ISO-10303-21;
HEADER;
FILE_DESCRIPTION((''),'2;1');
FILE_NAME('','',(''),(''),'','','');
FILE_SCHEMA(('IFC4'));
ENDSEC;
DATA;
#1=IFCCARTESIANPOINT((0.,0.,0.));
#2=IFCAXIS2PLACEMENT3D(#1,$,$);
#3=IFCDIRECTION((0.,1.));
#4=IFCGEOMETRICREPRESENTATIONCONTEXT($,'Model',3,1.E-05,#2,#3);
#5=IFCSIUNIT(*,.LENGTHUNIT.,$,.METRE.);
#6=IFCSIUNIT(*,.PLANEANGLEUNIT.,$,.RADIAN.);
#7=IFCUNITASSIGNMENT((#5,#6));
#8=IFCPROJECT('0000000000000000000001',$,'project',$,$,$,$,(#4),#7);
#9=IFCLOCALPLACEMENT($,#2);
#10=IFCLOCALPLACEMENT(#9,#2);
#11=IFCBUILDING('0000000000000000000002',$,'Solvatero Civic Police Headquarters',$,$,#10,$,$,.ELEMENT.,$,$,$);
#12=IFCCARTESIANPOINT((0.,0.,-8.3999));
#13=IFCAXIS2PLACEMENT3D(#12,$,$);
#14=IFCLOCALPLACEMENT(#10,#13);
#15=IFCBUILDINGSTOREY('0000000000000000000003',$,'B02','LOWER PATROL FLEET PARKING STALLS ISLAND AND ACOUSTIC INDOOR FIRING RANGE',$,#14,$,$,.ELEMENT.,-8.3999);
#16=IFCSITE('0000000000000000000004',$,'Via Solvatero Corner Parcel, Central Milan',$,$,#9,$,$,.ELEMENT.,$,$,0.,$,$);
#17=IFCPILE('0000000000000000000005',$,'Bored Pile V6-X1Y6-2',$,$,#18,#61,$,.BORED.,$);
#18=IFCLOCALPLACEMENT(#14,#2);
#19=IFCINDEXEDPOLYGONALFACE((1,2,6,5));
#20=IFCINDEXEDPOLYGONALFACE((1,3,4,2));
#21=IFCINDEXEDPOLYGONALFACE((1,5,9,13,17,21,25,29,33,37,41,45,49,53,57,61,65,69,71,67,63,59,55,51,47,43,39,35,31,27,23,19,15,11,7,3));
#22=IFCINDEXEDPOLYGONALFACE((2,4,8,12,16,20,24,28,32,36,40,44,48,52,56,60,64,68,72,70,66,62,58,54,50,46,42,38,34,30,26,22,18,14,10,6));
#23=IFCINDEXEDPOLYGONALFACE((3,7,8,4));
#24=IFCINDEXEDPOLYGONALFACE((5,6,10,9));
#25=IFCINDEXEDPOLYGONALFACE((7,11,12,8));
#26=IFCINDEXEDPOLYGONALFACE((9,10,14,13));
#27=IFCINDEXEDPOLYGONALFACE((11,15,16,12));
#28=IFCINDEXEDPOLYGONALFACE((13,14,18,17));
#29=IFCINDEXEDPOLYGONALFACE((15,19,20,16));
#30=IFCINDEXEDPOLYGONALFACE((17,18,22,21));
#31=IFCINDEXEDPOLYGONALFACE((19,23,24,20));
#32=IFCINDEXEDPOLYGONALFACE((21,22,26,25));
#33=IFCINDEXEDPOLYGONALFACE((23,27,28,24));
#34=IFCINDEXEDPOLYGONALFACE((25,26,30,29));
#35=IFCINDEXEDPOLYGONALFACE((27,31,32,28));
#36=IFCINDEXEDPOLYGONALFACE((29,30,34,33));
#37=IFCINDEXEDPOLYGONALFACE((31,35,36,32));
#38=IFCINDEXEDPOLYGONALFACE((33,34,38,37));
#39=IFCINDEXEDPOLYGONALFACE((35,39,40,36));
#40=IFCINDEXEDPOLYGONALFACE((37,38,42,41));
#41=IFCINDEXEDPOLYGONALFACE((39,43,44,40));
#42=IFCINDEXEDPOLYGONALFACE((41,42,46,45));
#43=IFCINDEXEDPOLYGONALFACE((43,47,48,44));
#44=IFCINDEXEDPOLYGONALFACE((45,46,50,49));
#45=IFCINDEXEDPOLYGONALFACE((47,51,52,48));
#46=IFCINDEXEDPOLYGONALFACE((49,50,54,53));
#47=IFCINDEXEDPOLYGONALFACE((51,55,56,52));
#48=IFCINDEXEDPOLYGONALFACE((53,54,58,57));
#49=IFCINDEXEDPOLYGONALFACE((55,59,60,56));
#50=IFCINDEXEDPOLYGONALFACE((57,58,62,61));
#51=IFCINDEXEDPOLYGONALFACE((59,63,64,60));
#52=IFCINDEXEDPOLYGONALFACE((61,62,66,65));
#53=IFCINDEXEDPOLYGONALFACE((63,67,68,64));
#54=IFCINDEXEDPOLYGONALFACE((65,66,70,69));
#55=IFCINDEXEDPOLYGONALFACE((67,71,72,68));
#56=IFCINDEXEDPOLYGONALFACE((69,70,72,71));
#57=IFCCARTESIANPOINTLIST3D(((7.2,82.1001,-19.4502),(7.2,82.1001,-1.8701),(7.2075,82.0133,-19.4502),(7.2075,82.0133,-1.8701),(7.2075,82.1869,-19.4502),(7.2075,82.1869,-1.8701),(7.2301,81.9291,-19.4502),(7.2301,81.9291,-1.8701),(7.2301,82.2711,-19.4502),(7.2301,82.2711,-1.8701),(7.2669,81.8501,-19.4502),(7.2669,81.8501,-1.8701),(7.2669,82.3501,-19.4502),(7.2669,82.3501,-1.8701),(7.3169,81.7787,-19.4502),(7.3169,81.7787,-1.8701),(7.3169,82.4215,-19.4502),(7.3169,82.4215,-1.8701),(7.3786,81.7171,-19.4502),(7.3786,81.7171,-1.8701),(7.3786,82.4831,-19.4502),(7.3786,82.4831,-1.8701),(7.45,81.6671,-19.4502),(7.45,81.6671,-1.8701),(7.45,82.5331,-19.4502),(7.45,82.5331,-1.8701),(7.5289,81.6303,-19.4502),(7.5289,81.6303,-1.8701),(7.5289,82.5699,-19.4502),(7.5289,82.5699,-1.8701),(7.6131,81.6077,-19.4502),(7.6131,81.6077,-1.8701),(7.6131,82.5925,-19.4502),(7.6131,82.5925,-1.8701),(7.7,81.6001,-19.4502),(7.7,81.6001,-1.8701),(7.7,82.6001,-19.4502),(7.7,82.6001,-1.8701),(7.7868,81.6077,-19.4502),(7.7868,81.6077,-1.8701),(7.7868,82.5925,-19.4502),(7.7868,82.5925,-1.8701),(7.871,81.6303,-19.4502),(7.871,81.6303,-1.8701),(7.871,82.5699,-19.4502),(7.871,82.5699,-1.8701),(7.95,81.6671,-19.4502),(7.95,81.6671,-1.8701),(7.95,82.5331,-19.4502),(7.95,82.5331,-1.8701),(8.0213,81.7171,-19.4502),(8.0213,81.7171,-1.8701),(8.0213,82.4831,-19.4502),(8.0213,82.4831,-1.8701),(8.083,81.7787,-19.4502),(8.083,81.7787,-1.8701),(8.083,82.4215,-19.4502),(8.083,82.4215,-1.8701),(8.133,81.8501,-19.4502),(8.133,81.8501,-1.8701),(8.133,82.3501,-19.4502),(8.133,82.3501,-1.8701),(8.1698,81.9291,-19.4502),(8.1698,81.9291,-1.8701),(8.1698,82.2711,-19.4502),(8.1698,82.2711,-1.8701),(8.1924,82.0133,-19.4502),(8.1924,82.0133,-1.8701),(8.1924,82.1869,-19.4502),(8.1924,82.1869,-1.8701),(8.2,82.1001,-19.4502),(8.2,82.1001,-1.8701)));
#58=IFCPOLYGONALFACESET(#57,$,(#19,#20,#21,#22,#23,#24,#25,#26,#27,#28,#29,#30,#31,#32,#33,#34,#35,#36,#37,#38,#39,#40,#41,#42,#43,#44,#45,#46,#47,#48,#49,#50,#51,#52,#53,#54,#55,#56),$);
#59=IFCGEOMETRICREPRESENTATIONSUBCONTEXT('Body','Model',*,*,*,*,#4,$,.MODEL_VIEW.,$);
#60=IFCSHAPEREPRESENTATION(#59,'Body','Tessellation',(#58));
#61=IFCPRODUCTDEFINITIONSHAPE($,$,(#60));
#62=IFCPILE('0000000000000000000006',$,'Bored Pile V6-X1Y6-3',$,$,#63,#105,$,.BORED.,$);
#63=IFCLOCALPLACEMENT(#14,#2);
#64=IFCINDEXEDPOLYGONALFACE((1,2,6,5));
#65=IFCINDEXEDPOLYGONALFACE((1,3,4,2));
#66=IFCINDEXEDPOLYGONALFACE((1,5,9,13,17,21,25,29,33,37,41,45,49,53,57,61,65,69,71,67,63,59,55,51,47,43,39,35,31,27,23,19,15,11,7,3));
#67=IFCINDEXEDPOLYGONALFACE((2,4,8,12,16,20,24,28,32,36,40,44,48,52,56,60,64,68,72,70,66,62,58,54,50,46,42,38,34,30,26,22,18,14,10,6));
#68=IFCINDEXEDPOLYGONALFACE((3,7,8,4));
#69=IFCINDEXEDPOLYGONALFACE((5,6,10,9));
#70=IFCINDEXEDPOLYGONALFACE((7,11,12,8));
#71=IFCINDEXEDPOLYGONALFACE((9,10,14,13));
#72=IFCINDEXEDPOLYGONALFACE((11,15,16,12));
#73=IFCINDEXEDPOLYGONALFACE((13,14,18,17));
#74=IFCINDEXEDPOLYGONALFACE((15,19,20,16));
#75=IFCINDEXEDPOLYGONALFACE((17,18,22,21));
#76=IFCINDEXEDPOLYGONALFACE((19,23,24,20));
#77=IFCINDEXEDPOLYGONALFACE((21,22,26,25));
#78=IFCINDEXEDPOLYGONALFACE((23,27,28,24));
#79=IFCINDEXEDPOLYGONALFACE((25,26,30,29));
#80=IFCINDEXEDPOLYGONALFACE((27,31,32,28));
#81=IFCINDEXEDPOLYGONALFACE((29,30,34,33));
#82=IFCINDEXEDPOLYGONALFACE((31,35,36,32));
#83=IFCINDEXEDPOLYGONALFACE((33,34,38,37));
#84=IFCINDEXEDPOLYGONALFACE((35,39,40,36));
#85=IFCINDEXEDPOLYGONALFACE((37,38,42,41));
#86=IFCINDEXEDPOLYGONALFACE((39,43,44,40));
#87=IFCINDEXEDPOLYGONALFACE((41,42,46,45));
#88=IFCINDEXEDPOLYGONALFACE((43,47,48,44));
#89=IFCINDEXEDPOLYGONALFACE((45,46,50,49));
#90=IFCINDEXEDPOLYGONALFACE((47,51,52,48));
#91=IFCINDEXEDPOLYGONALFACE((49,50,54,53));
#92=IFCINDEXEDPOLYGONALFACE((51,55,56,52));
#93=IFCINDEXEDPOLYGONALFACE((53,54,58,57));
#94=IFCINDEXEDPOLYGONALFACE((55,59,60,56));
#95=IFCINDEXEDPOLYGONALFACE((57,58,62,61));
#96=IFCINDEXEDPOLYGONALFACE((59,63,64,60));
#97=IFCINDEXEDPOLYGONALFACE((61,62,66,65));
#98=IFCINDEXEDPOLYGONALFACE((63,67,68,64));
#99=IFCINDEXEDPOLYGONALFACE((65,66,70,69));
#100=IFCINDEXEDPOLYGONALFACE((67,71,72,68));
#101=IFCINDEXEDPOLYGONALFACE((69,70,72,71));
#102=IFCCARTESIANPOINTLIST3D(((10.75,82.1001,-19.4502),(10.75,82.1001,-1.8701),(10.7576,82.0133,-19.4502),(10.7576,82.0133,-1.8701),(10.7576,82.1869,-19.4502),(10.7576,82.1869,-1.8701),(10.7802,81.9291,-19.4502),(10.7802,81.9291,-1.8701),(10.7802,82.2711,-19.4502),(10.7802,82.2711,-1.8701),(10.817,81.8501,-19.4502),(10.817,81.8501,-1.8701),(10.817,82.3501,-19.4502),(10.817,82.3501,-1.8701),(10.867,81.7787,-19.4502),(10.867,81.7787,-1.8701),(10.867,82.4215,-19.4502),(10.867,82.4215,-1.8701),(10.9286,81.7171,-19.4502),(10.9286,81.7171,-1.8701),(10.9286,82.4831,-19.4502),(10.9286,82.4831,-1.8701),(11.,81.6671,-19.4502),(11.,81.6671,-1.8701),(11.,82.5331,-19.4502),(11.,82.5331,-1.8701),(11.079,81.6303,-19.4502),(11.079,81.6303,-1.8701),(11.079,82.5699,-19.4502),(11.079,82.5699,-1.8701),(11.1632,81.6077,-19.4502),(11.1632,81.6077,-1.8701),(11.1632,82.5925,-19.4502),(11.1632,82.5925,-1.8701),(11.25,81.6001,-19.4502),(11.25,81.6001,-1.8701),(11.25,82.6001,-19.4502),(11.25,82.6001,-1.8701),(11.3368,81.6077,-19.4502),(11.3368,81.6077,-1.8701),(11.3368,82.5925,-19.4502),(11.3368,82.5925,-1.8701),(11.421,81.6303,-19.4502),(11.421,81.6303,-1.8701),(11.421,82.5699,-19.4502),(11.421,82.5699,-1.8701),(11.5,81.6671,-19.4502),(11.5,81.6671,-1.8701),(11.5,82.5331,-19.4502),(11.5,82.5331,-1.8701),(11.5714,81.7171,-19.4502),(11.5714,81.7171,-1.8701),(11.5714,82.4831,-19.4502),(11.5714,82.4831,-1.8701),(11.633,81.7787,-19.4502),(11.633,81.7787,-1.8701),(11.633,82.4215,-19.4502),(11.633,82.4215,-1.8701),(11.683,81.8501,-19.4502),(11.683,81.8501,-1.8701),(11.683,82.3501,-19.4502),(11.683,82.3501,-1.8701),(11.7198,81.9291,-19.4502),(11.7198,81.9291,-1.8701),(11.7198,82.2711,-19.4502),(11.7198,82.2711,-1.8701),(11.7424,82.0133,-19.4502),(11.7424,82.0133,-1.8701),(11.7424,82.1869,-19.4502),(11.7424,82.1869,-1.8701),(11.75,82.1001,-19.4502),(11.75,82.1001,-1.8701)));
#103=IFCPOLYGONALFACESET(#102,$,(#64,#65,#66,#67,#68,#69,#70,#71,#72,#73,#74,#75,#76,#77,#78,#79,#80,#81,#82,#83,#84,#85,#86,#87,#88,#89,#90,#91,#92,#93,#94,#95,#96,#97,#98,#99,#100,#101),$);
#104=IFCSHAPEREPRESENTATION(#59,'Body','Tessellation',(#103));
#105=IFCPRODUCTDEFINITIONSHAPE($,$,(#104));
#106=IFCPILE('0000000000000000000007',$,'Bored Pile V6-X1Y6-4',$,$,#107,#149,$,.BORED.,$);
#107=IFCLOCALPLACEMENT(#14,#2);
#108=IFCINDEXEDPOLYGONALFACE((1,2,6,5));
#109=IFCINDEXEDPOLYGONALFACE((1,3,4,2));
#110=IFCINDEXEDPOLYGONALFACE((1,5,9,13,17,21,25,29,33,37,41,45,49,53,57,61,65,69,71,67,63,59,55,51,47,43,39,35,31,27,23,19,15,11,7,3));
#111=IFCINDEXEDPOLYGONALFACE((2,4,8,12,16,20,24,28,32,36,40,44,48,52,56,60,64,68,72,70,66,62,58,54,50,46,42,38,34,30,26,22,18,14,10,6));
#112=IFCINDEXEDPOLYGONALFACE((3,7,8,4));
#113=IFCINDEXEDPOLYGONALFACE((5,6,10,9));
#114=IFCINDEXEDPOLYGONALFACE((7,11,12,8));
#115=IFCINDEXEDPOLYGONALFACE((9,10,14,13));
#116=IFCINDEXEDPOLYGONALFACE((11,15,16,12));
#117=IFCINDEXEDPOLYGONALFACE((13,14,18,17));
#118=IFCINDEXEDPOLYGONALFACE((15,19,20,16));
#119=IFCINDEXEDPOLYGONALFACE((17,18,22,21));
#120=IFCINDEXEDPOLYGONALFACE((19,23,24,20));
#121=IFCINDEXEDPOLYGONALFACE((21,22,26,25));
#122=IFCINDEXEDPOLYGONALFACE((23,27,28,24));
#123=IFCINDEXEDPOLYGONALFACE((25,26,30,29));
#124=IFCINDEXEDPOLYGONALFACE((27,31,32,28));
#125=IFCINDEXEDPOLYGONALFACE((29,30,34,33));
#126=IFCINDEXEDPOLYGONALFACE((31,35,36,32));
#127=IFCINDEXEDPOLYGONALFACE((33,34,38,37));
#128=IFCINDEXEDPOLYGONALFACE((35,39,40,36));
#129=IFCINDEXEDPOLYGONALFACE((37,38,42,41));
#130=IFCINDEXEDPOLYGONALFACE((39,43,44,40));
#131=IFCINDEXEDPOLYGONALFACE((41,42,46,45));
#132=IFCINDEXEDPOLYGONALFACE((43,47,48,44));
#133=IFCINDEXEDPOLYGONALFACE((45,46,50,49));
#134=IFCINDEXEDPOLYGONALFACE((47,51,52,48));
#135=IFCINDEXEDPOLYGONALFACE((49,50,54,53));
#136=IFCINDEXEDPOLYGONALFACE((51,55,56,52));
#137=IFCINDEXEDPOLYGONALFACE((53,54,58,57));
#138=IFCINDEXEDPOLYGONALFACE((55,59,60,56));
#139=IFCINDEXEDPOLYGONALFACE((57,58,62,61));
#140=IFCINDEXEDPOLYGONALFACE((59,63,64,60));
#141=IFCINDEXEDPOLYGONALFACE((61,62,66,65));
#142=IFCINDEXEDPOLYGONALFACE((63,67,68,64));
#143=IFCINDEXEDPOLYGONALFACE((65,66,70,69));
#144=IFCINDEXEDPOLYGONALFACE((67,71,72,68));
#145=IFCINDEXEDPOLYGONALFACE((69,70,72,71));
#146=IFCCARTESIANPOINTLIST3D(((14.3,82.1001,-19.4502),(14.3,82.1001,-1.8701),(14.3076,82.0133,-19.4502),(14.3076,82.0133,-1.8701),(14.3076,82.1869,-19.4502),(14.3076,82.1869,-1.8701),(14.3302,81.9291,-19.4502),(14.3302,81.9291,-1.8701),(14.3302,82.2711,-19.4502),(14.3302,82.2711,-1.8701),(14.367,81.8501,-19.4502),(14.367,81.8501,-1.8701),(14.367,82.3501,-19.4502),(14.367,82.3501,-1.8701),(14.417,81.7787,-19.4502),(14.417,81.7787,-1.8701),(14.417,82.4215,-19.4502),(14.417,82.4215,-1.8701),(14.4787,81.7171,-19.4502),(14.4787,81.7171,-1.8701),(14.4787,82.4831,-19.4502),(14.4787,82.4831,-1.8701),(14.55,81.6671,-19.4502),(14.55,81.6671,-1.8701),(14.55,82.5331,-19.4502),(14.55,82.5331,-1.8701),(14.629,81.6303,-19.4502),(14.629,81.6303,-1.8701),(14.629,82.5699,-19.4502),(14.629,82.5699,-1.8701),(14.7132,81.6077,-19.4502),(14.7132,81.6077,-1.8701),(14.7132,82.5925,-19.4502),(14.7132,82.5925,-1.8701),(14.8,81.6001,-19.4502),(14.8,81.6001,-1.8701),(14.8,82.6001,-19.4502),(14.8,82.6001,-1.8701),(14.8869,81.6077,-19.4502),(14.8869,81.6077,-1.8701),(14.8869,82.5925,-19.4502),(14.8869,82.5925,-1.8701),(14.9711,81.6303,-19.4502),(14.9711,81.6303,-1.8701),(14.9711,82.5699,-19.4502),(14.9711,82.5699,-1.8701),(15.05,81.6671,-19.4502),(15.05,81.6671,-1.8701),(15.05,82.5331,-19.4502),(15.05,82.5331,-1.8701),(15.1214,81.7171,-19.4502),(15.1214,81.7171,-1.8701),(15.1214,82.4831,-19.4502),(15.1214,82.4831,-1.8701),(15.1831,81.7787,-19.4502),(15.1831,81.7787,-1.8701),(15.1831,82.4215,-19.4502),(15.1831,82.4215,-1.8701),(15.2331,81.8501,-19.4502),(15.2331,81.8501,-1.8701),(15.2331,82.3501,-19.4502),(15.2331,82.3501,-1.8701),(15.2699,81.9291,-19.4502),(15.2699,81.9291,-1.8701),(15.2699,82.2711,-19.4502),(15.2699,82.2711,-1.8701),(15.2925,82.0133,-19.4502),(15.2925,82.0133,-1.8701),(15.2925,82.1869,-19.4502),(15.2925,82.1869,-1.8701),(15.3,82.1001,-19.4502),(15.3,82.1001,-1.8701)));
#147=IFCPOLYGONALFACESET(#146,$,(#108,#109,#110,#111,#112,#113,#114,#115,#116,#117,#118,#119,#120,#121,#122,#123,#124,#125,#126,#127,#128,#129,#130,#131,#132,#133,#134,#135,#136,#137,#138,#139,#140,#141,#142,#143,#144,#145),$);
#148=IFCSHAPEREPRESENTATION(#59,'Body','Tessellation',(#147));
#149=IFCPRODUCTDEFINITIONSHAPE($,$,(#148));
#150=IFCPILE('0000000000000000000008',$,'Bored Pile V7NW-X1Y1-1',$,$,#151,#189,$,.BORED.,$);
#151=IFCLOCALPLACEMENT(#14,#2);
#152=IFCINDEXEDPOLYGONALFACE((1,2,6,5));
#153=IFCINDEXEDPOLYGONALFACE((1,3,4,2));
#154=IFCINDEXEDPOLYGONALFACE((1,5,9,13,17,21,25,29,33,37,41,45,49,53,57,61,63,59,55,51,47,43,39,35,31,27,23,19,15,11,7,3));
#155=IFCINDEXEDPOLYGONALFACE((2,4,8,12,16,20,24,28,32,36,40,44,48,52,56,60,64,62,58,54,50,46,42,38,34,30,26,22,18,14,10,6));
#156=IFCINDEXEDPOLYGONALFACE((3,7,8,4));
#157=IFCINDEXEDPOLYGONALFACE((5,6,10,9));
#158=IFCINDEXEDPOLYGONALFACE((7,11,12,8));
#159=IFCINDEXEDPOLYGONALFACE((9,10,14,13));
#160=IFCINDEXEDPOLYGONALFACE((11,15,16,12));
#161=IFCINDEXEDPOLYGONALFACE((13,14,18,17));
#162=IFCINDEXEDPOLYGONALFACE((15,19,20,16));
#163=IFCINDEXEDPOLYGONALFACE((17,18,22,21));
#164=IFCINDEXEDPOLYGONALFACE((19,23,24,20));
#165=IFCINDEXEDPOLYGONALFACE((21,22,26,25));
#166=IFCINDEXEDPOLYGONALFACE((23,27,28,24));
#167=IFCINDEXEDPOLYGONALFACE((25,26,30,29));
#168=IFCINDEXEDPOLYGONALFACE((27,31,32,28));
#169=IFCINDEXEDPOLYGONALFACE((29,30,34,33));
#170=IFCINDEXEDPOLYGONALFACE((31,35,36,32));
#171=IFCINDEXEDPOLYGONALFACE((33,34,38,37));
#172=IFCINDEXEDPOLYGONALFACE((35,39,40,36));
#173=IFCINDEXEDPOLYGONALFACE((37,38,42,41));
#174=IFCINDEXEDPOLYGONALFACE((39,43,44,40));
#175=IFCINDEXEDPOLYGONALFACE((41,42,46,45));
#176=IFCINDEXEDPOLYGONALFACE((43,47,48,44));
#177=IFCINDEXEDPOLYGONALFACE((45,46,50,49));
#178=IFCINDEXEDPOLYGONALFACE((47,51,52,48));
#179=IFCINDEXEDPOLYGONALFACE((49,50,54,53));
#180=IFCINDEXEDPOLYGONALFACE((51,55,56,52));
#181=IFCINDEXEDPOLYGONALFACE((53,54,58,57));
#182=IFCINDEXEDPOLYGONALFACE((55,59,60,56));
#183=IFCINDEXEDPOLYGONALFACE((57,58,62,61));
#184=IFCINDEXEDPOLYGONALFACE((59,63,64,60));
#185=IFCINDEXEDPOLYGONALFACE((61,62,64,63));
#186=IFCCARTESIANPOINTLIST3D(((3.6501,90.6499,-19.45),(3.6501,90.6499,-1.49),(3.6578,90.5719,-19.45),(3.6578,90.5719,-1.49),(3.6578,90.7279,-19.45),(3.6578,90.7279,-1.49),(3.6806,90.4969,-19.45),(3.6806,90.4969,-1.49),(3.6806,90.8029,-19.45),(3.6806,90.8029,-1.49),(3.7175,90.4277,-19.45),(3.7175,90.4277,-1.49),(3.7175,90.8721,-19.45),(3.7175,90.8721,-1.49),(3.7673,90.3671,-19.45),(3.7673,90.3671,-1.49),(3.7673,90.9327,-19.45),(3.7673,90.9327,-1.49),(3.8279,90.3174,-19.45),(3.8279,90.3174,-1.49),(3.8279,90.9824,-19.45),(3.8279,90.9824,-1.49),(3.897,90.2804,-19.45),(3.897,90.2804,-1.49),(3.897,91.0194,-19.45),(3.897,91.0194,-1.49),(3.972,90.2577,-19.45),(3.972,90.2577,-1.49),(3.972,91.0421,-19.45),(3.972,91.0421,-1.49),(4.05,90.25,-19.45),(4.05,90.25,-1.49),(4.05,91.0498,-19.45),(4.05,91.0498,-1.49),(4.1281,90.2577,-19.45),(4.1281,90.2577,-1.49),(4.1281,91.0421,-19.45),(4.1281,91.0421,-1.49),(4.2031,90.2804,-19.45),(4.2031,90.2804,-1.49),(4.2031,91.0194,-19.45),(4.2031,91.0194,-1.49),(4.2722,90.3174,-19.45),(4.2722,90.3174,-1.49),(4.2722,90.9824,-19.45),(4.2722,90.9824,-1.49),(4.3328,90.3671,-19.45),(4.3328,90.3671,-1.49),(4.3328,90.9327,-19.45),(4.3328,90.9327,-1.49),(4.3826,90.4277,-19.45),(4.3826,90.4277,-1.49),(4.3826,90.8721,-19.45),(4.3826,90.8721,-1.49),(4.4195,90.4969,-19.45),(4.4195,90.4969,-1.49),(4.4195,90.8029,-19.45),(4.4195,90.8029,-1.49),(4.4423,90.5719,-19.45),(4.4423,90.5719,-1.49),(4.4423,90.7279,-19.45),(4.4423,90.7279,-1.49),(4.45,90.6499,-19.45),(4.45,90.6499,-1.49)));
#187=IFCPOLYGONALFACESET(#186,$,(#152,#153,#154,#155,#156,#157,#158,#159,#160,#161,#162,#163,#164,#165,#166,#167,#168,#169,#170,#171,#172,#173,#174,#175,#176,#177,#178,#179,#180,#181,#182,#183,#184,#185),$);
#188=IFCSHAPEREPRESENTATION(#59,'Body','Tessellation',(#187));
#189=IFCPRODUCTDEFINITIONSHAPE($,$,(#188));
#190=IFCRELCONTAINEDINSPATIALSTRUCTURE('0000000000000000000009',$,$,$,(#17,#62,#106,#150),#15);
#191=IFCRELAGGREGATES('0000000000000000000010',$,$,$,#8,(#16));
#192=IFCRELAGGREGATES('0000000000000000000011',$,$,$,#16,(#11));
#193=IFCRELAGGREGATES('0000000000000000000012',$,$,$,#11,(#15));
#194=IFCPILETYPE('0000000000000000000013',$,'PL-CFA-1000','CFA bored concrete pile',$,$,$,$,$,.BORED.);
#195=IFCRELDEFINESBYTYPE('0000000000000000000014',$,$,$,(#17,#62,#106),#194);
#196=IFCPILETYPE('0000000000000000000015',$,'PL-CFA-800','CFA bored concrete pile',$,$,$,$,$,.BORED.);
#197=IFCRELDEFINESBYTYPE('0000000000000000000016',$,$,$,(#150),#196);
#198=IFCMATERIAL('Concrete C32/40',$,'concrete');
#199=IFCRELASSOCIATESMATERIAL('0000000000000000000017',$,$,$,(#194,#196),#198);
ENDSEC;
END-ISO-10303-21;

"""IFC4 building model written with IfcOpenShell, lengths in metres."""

from ifc_helpers import new_model, si_unit, direction, frame, origin, origin_2d, place, context, subcontext, project, spatial, circle, extrude, material, material_profile, profile_set, type_object, element, save


model = new_model("IFC4")

# Units and contexts
model_context = context("Model", 3, precision=1e-05, world=origin(), true_north=direction((0.0, 1.0)))
body_context = subcontext(model_context, "Body", "Model", "MODEL_VIEW")
ifc_project = project(units=[si_unit("LENGTHUNIT", "METRE"), si_unit("PLANEANGLEUNIT", "RADIAN")], contexts=[model_context])

# Site, building, storey
site_placement = place(None, origin())
site = spatial("IfcSite", under=ifc_project, at=site_placement, Name="Via Solvatero Corner Parcel, Central Milan", CompositionType="ELEMENT", RefElevation=0.0)
building_placement = place(site_placement, origin())
building = spatial("IfcBuilding", under=site, at=building_placement, Name="Solvatero Civic Police Headquarters", CompositionType="ELEMENT")
storey_placement = place(building_placement, frame((0.0, 0.0, -8.3999)))
storey = spatial("IfcBuildingStorey", under=building, at=storey_placement, Name="B02", Description="LOWER PATROL FLEET PARKING STALLS ISLAND AND ACOUSTIC INDOOR FIRING RANGE", CompositionType="ELEMENT", Elevation=-8.3999)

# Piles
ifc_material_1 = material(Name="Concrete C32/40", Category="concrete")
ifc_material_profile_1 = material_profile(ifc_material_1, circle(Radius=0.5, at=origin_2d()), Name="CFA PILE D1000")
ifc_profile_set_1 = profile_set([ifc_material_profile_1], Name="Concrete C32/40")
pile_type_1 = type_object("IfcPileType", Name="PL-CFA-1000", Description="CFA bored concrete pile", PredefinedType="BORED", material=ifc_profile_set_1)
for number, where, z_axis, x_axis, name in (
    (1, (7.7, 82.1001, -1.8701), (0.0, 0.0, -1.0), (1.0, 0.0, 0.0), "Bored Pile V6-X1Y6-2"),
    (2, (11.25, 82.1001, -1.8701), (0.0, 0.0, -1.0), (1.0, 0.0, 0.0), "Bored Pile V6-X1Y6-3"),
    (3, (14.8, 82.1001, -1.8701), (0.0, 0.0, -1.0), (1.0, 0.0, 0.0), "Bored Pile V6-X1Y6-4"),
):
    element("IfcPile", number, at=place(storey_placement, frame(where, z_axis=z_axis, x_axis=x_axis)), inside=storey, type_object=pile_type_1, Name=name, PredefinedType="BORED", context=body_context, shape_type="SweptSolid", body=[
        extrude(circle(Radius=0.5, at=origin_2d()), origin(), (0.0, 0.0, 1.0), 17.5801),
    ])
ifc_material_profile_2 = material_profile(ifc_material_1, circle(Radius=0.3999, at=origin_2d()), Name="CFA PILE D800")
ifc_profile_set_2 = profile_set([ifc_material_profile_2], Name="Concrete C32/40")
pile_type_2 = type_object("IfcPileType", Name="PL-CFA-800", Description="CFA bored concrete pile", PredefinedType="BORED", material=ifc_profile_set_2)
for number, where, z_axis, x_axis, name in (
    (4, (4.05, 90.6499, -1.49), (0.0, 0.0, -1.0), (1.0, 0.0, 0.0), "Bored Pile V7NW-X1Y1-1"),
):
    element("IfcPile", number, at=place(storey_placement, frame(where, z_axis=z_axis, x_axis=x_axis)), inside=storey, type_object=pile_type_2, Name=name, PredefinedType="BORED", context=body_context, shape_type="SweptSolid", body=[
        extrude(circle(Radius=0.3999, at=origin_2d()), origin(), (0.0, 0.0, 1.0), 17.96),
    ])

save(model, "model.ifc")
